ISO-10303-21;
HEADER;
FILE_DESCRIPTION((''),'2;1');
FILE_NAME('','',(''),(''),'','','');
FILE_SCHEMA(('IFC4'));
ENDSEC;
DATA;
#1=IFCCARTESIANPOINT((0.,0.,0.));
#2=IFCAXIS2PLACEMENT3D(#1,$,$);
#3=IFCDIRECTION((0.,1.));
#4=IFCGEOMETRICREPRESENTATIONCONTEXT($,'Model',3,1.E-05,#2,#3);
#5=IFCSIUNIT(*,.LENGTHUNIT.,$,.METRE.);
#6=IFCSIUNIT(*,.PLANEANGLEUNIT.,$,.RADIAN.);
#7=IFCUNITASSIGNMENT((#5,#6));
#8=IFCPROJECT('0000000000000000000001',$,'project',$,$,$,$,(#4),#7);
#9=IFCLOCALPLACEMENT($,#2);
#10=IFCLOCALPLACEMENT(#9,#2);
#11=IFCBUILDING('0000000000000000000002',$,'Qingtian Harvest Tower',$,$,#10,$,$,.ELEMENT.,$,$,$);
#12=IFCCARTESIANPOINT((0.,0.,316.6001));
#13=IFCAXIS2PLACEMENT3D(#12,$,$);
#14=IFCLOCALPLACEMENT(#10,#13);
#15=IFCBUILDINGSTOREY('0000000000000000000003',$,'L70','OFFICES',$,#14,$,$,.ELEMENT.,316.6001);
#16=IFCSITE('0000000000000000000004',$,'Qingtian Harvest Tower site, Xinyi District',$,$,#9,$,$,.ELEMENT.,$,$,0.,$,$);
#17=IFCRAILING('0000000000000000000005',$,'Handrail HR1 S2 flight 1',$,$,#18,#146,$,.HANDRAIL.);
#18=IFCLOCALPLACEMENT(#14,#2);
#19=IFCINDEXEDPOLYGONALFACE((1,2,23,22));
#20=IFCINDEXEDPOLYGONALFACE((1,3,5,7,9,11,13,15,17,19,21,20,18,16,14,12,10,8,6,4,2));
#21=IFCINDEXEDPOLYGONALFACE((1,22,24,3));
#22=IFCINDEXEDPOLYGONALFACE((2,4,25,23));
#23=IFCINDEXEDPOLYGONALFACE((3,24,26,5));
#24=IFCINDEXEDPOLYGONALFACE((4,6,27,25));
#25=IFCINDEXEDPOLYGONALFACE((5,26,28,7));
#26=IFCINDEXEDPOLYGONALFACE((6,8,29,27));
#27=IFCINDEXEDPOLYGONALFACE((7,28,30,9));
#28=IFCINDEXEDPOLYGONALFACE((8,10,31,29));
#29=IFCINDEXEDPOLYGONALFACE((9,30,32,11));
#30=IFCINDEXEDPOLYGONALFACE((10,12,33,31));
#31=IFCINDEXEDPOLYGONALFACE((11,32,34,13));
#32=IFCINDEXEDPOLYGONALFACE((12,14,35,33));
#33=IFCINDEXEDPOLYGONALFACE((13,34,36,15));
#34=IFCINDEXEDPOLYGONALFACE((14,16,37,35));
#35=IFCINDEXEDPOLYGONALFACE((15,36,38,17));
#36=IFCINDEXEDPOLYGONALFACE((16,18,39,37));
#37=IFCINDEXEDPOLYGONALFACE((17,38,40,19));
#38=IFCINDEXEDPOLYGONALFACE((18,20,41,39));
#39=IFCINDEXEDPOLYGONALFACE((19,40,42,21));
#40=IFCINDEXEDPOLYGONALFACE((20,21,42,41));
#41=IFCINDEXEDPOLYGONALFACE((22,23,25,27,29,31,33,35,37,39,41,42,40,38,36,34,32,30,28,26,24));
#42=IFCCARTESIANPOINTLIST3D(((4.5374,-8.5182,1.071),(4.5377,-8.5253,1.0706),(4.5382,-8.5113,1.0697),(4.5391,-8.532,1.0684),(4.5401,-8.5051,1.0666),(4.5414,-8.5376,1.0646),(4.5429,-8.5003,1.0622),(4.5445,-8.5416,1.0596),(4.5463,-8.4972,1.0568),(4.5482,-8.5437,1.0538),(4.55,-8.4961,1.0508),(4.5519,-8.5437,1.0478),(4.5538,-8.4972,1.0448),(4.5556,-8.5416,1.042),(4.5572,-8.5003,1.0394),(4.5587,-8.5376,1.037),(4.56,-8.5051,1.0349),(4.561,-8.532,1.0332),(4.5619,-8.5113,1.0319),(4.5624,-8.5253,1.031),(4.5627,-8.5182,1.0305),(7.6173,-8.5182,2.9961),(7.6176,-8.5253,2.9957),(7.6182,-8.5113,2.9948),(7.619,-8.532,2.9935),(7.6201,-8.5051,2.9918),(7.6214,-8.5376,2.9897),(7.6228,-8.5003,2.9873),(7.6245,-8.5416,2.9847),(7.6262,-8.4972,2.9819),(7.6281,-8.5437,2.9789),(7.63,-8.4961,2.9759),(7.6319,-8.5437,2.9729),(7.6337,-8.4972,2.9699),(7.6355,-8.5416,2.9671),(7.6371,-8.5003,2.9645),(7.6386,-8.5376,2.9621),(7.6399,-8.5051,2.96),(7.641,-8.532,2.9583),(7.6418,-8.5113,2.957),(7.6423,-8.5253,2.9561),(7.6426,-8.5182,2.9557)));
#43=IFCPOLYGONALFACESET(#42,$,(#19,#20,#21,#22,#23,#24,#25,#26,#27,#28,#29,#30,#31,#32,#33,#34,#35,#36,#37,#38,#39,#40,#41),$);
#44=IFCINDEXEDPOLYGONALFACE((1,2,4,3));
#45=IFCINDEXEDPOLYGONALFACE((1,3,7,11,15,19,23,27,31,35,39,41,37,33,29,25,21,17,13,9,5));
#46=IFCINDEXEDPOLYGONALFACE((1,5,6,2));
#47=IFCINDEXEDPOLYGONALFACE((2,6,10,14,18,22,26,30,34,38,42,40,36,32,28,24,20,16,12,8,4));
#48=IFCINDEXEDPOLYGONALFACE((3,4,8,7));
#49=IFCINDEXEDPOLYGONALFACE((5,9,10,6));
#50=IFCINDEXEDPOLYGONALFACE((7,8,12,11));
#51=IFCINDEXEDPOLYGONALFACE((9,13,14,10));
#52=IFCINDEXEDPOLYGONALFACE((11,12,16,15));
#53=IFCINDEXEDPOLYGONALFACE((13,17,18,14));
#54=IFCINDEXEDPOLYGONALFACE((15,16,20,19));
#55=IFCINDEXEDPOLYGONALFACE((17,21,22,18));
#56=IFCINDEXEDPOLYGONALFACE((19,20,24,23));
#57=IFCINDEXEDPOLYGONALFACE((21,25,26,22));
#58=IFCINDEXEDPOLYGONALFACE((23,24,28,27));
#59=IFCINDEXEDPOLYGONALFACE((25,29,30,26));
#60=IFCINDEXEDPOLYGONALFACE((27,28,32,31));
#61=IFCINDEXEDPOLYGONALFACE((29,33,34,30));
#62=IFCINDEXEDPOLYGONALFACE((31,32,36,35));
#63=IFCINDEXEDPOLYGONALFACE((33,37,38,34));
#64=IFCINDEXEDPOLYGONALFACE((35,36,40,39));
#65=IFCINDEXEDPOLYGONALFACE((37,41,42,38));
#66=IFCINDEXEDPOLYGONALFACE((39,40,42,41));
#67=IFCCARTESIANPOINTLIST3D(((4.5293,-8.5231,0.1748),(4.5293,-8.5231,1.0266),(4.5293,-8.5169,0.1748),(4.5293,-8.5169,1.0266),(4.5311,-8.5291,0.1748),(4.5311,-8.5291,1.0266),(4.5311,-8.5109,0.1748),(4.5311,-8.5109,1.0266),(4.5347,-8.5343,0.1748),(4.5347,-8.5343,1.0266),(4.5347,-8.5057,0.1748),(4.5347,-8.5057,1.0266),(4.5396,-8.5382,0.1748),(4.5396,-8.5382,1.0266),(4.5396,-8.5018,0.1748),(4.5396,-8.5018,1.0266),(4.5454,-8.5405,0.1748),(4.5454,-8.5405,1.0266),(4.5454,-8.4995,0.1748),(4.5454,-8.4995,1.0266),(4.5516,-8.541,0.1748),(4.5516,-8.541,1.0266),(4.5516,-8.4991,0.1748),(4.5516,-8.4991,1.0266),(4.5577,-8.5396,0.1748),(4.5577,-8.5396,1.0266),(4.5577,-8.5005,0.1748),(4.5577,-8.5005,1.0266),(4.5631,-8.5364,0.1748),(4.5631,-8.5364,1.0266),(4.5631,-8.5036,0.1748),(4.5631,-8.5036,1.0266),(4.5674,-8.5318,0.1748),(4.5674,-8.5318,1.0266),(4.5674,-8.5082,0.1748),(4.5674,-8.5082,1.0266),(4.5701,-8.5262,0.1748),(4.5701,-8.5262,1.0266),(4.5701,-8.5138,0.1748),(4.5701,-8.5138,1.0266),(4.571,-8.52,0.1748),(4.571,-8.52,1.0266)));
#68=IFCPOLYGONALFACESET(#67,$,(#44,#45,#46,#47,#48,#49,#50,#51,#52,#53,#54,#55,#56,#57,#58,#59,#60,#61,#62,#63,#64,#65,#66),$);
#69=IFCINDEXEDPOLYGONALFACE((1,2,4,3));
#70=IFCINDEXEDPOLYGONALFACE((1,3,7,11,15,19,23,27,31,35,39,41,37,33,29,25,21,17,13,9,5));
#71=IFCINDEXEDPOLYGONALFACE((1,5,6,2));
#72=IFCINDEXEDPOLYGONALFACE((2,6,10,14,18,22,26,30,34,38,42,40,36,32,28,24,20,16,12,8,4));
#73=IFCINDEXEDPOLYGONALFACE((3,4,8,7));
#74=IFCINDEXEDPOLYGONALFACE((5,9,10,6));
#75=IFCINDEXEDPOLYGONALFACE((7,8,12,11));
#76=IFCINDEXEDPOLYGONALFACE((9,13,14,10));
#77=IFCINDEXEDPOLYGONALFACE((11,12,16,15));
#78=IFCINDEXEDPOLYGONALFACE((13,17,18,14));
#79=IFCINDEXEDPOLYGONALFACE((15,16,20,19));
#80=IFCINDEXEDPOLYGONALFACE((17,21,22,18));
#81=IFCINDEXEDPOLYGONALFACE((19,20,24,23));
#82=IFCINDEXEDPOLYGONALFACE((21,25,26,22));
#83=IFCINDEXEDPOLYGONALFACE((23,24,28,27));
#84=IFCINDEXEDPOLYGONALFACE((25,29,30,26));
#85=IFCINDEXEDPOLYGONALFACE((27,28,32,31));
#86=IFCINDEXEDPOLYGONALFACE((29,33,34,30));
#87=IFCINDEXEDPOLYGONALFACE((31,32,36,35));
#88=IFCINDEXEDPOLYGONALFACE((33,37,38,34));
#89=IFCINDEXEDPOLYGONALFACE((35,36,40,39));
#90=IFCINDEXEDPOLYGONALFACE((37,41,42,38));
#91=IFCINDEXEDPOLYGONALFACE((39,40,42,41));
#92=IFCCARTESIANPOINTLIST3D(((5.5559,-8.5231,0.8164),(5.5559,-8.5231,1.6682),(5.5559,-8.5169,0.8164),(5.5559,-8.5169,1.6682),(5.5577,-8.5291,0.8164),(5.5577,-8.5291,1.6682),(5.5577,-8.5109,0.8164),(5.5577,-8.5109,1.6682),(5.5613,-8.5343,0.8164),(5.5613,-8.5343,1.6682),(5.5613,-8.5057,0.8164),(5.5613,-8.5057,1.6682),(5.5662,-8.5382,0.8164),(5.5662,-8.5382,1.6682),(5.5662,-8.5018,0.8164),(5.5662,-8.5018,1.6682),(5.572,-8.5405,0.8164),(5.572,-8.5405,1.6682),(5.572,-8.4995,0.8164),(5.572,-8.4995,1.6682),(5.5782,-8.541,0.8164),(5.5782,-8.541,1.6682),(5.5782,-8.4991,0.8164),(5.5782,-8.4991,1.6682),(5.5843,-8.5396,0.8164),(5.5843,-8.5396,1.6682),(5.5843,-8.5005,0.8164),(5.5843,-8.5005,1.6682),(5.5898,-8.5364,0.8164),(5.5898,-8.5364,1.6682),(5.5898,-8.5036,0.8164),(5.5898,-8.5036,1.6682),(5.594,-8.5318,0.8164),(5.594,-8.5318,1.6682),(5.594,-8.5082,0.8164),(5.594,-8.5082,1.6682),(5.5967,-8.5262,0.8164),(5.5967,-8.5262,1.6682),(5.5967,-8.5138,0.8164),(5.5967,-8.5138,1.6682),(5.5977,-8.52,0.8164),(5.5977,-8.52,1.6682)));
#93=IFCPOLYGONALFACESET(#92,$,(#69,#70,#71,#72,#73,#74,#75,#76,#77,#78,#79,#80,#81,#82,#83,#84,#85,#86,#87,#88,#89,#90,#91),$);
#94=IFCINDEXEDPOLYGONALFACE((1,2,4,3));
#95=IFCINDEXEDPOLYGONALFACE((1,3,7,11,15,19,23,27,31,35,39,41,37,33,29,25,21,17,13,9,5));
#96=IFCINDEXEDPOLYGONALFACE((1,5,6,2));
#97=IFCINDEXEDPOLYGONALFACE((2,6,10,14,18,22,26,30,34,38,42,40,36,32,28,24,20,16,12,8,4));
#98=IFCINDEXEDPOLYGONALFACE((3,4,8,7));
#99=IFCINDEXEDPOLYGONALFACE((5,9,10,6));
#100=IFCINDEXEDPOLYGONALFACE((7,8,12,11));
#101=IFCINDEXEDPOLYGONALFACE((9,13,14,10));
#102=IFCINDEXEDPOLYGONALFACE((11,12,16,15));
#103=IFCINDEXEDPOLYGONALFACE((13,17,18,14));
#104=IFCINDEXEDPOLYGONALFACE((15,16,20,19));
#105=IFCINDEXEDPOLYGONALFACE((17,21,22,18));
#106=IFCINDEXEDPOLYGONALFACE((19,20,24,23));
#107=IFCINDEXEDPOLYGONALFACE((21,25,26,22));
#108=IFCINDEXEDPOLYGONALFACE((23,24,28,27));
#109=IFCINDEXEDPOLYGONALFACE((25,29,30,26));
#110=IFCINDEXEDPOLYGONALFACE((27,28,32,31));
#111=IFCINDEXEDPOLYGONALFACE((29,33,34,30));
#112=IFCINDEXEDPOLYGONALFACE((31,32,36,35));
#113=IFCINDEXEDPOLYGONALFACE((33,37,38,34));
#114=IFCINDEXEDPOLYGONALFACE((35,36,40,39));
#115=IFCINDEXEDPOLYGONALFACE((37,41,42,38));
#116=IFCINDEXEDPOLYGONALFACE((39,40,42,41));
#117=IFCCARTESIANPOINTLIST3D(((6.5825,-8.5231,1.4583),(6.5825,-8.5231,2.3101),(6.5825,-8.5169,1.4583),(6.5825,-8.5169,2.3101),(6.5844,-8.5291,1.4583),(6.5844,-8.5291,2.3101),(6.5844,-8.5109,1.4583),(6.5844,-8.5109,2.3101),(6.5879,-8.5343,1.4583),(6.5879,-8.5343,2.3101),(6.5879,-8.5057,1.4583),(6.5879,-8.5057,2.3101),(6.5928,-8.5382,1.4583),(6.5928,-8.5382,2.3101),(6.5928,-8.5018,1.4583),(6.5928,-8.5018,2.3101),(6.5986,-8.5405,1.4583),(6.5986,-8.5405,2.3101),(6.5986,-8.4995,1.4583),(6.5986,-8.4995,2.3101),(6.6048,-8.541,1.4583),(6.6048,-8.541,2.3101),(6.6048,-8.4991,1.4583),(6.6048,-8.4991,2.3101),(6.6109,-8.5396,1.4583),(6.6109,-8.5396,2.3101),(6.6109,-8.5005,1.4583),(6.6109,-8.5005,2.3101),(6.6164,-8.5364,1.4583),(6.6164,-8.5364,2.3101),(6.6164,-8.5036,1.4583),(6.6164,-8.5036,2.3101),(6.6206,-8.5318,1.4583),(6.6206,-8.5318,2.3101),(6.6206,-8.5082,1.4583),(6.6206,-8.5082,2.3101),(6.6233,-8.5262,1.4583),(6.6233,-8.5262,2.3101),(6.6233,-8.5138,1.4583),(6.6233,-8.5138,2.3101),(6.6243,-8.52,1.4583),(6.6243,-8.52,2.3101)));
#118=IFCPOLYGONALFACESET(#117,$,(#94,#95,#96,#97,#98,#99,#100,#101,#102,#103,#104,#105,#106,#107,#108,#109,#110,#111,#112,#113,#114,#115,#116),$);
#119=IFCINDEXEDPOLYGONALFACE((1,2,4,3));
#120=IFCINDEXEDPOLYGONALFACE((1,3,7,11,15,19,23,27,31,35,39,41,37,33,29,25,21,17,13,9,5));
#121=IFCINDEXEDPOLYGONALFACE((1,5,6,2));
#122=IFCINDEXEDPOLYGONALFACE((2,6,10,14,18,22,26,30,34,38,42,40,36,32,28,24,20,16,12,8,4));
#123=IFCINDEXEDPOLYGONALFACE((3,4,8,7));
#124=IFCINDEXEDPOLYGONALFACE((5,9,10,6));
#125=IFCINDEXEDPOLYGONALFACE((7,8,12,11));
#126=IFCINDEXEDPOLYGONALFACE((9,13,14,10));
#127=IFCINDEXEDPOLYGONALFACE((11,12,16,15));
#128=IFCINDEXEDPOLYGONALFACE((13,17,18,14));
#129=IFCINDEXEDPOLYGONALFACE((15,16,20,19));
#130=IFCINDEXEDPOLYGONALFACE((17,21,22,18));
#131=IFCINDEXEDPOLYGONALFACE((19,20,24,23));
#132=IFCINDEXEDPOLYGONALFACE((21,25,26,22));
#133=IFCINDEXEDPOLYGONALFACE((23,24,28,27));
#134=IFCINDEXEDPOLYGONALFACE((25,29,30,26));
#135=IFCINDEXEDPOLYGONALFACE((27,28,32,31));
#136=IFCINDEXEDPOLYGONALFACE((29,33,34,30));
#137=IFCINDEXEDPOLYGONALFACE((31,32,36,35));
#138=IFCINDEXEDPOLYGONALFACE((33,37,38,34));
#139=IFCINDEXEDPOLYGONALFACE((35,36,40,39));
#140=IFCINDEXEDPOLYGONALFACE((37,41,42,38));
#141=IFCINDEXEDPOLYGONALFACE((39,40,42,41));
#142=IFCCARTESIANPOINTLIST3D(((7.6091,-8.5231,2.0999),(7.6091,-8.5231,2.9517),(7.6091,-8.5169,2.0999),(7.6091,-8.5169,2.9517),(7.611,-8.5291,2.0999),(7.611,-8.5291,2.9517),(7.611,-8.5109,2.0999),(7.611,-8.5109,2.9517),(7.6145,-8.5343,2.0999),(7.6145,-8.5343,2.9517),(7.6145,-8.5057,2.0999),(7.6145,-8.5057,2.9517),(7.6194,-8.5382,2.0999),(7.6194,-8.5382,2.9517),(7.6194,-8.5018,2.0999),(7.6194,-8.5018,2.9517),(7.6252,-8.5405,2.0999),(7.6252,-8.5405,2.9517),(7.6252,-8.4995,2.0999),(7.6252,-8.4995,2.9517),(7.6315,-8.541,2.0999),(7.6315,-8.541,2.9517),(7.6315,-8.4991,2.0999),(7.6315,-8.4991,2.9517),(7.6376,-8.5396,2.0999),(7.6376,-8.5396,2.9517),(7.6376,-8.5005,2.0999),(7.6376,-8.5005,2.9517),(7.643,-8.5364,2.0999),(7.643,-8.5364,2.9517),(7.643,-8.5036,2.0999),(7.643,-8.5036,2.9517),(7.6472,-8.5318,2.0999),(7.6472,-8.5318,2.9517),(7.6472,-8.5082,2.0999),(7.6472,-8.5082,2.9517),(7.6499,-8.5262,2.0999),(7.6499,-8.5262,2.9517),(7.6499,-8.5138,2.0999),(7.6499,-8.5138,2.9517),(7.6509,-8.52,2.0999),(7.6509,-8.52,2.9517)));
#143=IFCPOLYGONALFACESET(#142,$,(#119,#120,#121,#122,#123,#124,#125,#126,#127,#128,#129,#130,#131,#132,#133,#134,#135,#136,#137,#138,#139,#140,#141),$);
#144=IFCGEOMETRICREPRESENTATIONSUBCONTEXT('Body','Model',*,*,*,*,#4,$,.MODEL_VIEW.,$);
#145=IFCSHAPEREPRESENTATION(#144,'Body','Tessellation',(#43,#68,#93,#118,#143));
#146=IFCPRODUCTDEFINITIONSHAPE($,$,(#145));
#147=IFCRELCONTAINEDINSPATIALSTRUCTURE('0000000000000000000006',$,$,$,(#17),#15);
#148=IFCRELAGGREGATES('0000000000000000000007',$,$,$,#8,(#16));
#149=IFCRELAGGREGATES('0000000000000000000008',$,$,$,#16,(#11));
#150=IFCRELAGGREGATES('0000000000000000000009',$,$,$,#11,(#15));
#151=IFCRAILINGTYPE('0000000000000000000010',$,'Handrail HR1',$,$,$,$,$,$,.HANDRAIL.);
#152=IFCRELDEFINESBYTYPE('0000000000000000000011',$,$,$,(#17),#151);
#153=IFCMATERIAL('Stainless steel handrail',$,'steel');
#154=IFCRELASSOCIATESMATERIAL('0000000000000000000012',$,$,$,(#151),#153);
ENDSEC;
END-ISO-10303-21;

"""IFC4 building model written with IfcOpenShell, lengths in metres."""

from ifc_helpers import new_model, si_unit, direction, frame, origin, origin_2d, place, context, subcontext, project, spatial, circle, extrude, material, type_object, element, save


model = new_model("IFC4")

# Units and contexts
model_context = context("Model", 3, precision=1e-05, world=origin(), true_north=direction((0.0, 1.0)))
body_context = subcontext(model_context, "Body", "Model", "MODEL_VIEW")
ifc_project = project(units=[si_unit("LENGTHUNIT", "METRE"), si_unit("PLANEANGLEUNIT", "RADIAN")], contexts=[model_context])

# Site, building, storey
site_placement = place(None, origin())
site = spatial("IfcSite", under=ifc_project, at=site_placement, Name="Qingtian Harvest Tower site, Xinyi District", CompositionType="ELEMENT", RefElevation=0.0)
building_placement = place(site_placement, origin())
building = spatial("IfcBuilding", under=site, at=building_placement, Name="Qingtian Harvest Tower", CompositionType="ELEMENT")
storey_placement = place(building_placement, frame((0.0, 0.0, 316.6001)))
storey = spatial("IfcBuildingStorey", under=building, at=storey_placement, Name="L70", Description="OFFICES", CompositionType="ELEMENT", Elevation=316.6001)

# Railing
ifc_material_1 = material(Name="Stainless steel handrail", Category="steel")
railing_type = type_object("IfcRailingType", Name="Handrail HR1", PredefinedType="HANDRAIL", material=ifc_material_1)
railing_1_placement = place(storey_placement, frame((4.55, -8.52, 0.1748)))
element("IfcRailing", 1, at=railing_1_placement, inside=storey, type_object=railing_type, Name="Handrail HR1 S2 flight 1", PredefinedType="HANDRAIL", context=body_context, shape_type="SweptSolid", body=[
    extrude(circle(Radius=0.0239, at=origin_2d()), frame((0.0, 0.0, 0.876), z_axis=(0.847979, 0.0, 0.530029), x_axis=(0.0, 1.0, 0.0)), (0.0, 0.0, 1.0), 3.6321),
    extrude(circle(Radius=0.021, at=origin_2d()), origin(), (0.0, 0.0, 1.0), 0.8518),
    extrude(circle(Radius=0.021, at=origin_2d()), frame((1.0266, 0.0, 0.6416)), (0.0, 0.0, 1.0), 0.8518),
    extrude(circle(Radius=0.021, at=origin_2d()), frame((2.0532, 0.0, 1.2834)), (0.0, 0.0, 1.0), 0.8518),
    extrude(circle(Radius=0.021, at=origin_2d()), frame((3.0798, 0.0, 1.925)), (0.0, 0.0, 1.0), 0.8518),
])

save(model, "model.ifc")
